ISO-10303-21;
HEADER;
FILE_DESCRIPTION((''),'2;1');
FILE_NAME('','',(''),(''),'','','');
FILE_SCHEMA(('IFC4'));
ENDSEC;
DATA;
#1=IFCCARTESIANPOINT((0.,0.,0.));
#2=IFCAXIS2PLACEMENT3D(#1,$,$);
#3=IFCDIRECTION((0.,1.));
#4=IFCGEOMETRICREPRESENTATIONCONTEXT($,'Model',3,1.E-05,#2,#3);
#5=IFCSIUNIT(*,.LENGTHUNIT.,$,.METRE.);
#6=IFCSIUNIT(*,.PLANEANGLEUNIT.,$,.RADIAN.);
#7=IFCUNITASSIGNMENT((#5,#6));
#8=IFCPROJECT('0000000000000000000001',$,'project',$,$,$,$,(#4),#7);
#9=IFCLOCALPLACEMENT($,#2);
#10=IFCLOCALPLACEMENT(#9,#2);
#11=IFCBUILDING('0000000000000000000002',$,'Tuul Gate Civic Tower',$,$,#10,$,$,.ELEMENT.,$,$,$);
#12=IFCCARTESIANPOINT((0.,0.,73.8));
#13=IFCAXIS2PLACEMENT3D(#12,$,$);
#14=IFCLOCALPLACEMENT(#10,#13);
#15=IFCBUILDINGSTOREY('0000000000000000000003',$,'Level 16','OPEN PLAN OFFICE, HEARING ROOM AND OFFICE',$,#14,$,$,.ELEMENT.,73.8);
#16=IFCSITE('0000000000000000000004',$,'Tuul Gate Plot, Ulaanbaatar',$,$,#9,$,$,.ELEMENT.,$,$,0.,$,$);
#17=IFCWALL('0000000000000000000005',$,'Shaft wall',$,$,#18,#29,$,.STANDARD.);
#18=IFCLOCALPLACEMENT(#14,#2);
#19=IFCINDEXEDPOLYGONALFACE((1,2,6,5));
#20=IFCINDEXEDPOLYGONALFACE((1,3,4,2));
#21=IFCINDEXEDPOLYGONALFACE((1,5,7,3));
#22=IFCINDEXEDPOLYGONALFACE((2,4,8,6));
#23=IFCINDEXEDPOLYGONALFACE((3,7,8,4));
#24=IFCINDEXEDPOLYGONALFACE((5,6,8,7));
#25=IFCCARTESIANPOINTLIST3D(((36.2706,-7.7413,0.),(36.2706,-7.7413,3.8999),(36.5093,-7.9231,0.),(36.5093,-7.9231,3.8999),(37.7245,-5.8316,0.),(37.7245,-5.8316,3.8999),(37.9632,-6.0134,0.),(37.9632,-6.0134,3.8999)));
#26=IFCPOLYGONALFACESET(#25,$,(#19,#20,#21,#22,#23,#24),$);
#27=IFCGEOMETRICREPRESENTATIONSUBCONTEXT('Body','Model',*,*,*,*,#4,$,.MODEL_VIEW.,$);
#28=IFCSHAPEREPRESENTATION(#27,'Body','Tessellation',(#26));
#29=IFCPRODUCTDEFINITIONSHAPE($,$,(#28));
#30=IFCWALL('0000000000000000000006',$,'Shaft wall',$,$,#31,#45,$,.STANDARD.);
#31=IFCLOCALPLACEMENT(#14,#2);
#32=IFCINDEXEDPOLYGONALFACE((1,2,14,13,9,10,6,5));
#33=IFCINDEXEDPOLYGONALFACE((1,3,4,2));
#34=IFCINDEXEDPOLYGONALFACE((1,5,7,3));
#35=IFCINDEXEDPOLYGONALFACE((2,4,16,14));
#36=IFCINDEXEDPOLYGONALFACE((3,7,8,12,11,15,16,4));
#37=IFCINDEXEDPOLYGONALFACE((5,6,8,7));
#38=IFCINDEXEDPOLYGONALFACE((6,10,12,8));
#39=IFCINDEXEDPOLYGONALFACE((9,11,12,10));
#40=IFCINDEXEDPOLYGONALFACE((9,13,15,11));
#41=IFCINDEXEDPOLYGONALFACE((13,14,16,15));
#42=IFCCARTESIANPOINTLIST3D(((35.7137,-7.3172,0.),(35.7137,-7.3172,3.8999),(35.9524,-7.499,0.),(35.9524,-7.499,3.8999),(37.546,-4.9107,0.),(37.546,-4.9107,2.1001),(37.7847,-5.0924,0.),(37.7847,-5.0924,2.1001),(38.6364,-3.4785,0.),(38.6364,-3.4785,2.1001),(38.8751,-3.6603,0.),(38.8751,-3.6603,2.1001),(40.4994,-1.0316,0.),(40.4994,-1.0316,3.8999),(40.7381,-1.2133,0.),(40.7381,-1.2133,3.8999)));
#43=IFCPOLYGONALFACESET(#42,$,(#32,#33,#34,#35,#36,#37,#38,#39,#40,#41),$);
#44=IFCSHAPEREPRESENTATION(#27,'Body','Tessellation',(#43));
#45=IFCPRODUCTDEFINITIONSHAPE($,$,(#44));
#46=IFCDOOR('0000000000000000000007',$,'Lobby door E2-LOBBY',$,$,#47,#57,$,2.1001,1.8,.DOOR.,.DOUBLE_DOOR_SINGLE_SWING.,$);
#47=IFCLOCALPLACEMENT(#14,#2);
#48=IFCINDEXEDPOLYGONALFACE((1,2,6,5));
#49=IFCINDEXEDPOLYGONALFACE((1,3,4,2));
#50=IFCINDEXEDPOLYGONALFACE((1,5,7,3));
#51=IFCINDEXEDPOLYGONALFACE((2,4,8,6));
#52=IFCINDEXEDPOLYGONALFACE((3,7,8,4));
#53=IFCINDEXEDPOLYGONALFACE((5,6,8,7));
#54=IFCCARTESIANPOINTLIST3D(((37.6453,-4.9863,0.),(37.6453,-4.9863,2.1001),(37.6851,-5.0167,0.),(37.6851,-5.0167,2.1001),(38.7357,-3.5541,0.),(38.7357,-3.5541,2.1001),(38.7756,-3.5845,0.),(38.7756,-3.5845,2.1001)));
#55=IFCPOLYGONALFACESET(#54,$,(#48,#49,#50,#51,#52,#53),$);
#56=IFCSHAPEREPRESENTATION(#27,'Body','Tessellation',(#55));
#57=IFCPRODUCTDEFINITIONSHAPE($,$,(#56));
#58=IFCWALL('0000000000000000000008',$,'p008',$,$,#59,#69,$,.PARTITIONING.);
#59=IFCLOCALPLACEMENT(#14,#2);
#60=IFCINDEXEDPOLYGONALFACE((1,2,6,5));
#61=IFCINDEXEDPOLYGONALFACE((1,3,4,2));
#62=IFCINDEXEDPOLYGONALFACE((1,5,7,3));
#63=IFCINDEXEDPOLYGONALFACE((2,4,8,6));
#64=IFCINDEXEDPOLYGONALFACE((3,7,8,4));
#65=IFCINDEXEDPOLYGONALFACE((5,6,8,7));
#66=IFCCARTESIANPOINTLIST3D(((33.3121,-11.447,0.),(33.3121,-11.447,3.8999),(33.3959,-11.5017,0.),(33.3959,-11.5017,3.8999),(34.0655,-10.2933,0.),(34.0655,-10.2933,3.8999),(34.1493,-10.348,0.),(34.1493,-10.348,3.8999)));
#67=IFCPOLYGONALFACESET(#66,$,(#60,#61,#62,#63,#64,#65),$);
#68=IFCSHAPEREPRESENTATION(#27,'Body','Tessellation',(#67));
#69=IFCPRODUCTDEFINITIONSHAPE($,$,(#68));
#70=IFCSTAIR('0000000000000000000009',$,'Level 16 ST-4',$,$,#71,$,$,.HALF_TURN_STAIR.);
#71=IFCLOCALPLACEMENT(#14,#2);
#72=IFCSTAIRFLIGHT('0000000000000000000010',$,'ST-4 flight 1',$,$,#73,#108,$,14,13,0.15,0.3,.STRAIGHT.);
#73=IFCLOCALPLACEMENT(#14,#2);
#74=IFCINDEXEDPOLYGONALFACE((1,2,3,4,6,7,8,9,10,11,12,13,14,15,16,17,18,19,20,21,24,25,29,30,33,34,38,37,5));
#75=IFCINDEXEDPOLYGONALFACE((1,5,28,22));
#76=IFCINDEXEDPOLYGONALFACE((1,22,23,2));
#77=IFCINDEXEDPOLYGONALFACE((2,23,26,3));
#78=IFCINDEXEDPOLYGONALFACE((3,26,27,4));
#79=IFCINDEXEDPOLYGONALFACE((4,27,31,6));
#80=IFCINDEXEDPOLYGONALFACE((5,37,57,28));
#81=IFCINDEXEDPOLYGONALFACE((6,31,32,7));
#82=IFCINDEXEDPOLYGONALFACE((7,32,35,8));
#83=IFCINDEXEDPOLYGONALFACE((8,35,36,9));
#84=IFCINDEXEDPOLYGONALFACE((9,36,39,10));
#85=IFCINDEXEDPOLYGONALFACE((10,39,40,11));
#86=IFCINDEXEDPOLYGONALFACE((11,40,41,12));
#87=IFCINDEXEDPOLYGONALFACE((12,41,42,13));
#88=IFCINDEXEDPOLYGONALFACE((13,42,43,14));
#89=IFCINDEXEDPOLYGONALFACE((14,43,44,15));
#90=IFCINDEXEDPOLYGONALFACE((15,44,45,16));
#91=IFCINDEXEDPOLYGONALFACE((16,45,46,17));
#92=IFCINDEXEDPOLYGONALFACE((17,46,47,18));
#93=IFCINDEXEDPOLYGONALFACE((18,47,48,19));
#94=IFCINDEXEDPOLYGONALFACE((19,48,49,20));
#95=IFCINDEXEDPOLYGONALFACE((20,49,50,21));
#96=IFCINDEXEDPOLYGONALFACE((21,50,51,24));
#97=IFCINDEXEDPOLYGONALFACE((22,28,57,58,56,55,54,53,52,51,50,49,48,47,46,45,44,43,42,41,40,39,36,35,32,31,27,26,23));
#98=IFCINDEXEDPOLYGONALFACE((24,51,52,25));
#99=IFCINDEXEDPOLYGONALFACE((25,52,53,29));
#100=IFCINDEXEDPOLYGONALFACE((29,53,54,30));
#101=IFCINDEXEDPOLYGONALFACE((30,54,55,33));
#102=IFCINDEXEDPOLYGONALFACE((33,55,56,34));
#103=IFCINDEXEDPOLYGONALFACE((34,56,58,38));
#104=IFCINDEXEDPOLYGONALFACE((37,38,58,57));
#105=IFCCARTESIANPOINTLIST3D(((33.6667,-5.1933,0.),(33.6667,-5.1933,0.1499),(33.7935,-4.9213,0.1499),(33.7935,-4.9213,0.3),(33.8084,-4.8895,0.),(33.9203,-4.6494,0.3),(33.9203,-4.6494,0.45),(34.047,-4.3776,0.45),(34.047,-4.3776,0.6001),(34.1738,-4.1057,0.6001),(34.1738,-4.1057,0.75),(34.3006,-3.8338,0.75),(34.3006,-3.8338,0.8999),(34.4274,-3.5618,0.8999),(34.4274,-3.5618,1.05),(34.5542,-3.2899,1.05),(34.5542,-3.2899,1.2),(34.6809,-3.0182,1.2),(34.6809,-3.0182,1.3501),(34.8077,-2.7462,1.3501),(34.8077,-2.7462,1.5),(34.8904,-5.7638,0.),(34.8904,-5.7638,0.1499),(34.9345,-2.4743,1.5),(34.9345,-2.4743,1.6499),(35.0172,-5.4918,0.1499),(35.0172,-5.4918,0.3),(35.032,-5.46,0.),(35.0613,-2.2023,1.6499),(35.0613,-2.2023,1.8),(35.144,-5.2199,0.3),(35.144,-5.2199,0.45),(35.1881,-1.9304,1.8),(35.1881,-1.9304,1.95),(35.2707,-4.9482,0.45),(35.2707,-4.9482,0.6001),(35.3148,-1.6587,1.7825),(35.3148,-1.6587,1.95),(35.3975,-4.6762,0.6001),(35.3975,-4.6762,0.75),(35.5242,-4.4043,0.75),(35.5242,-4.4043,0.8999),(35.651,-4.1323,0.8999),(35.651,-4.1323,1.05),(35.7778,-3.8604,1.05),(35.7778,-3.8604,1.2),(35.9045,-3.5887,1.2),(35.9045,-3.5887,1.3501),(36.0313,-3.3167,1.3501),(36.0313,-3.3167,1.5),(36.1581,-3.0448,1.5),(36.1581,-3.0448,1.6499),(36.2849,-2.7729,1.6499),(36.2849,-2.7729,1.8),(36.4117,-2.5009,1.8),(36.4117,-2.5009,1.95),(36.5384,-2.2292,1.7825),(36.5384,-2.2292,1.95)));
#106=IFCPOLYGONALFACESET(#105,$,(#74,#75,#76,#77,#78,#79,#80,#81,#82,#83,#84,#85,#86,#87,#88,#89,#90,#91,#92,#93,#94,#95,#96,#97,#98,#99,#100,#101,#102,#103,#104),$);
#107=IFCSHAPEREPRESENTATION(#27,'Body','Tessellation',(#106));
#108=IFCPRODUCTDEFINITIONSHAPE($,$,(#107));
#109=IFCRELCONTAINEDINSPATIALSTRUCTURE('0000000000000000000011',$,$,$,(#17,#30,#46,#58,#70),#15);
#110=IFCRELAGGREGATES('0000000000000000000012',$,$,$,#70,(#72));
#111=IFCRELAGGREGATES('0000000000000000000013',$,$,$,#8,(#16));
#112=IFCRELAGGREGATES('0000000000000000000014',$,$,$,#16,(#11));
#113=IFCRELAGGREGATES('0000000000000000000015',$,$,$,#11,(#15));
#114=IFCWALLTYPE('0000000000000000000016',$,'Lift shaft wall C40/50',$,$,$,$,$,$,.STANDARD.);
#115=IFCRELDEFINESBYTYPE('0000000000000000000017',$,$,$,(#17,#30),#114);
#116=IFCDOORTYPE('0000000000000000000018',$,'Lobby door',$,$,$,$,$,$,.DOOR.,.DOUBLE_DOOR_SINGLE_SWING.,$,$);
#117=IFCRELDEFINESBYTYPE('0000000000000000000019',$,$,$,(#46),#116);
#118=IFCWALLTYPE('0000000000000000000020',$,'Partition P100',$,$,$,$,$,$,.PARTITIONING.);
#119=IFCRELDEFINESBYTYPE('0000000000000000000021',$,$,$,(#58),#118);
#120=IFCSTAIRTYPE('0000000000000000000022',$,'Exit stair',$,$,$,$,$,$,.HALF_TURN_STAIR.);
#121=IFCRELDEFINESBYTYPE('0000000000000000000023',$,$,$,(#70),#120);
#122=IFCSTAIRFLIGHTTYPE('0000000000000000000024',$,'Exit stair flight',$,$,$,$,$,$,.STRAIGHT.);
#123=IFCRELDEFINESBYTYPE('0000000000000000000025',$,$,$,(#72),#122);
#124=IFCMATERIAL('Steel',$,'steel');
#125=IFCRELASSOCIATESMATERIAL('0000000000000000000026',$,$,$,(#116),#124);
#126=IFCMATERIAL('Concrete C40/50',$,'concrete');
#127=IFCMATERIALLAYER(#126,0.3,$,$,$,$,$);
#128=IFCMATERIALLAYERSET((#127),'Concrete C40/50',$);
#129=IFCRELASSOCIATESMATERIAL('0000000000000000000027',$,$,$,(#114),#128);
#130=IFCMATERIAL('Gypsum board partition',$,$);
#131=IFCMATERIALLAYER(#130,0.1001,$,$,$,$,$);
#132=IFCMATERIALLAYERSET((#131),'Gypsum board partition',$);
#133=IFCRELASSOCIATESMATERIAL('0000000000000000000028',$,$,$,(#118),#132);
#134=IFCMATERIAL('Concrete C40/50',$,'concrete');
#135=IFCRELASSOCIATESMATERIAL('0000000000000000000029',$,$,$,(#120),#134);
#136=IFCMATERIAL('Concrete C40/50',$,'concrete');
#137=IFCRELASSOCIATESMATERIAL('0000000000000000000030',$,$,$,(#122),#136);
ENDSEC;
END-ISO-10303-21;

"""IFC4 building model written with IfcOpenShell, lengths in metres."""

from ifc_helpers import new_model, si_unit, direction, frame, frame_2d, origin, place, context, subcontext, project, spatial, polyline, rectangle, outline, extrude, material, layer, layer_set, type_object, element, fill, aggregate, save


model = new_model("IFC4")

# Units and contexts
model_context = context("Model", 3, precision=1e-05, world=origin(), true_north=direction((0.0, 1.0)))
body_context = subcontext(model_context, "Body", "Model", "MODEL_VIEW")
ifc_project = project(units=[si_unit("LENGTHUNIT", "METRE"), si_unit("PLANEANGLEUNIT", "RADIAN")], contexts=[model_context])

# Site, building, storey
site_placement = place(None, origin())
site = spatial("IfcSite", under=ifc_project, at=site_placement, Name="Tuul Gate Plot, Ulaanbaatar", CompositionType="ELEMENT", RefElevation=0.0)
building_placement = place(site_placement, origin())
building = spatial("IfcBuilding", under=site, at=building_placement, Name="Tuul Gate Civic Tower", CompositionType="ELEMENT")
storey_placement = place(building_placement, frame((0.0, 0.0, 73.8)))
storey = spatial("IfcBuildingStorey", under=building, at=storey_placement, Name="Level 16", Description="OPEN PLAN OFFICE, HEARING ROOM AND OFFICE", CompositionType="ELEMENT", Elevation=73.8)

# Shared definitions
ifc_material_1 = material(Name="Steel", Category="steel")
door_type_1 = type_object("IfcDoorType", Name="Lobby door", OperationType="DOUBLE_DOOR_SINGLE_SWING", PredefinedType="DOOR", material=ifc_material_1)

# Wall
ifc_material_2 = material(Name="Concrete C40/50", Category="concrete")
ifc_layer_1 = layer(ifc_material_2, 0.3)
ifc_layer_set_1 = layer_set([ifc_layer_1], Name="Concrete C40/50")
wall_type_1 = type_object("IfcWallType", Name="Lift shaft wall C40/50", PredefinedType="STANDARD", material=ifc_layer_set_1)
wall_1_placement = place(storey_placement, frame((36.3899, -7.8323, 0.0), z_axis=(0.0, 0.0, 1.0), x_axis=(0.605746, 0.795658, 0.0)))
element("IfcWall", 1, at=wall_1_placement, inside=storey, type_object=wall_type_1, Name="Shaft wall", PredefinedType="STANDARD", context=body_context, shape_type="SweptSolid", body=[
    extrude(rectangle(XDim=2.4001, YDim=0.3, at=frame_2d((1.2002, 0.0))), origin(), (0.0, 0.0, 1.0), 3.8999),
])

# Wall, opening, door
wall_2_placement = place(storey_placement, frame((35.833, -7.4082, 0.0), z_axis=(0.0, 0.0, 1.0), x_axis=(0.605769, 0.79564, 0.0)))
wall_2 = element("IfcWall", 2, at=wall_2_placement, inside=storey, type_object=wall_type_1, Name="Shaft wall", PredefinedType="STANDARD", context=body_context, shape_type="SweptSolid", body=[
    extrude(rectangle(XDim=7.9001, YDim=0.3, at=frame_2d((3.9502, 0.0))), origin(), (0.0, 0.0, 1.0), 3.8999),
])
opening_1_placement = place(wall_2_placement, frame((3.0249, 0.0, 0.0)))
opening_1 = element("IfcOpeningElement", 3, at=opening_1_placement, cuts=wall_2, PredefinedType="OPENING", context=body_context, shape_type="SweptSolid", body=[
    extrude(rectangle(XDim=1.8, YDim=2.1001, at=frame_2d((0.8999, 1.05))), frame((0.0, 0.1602, 0.0), z_axis=(0.0, -1.0, 0.0), x_axis=(1.0, 0.0, 0.0)), (0.0, 0.0, 1.0), 0.3201),
])
door_1_placement = place(opening_1_placement, frame((1.8, 0.0, 0.0), z_axis=(0.0, 0.0, 1.0), x_axis=(-1.0, 0.0, 0.0)))
door_1 = element("IfcDoor", 4, at=door_1_placement, inside=storey, type_object=door_type_1, Name="Lobby door E2-LOBBY", OperationType="DOUBLE_DOOR_SINGLE_SWING", OverallHeight=2.1001, OverallWidth=1.8, PredefinedType="DOOR", context=body_context, shape_type="SweptSolid", body=[
    extrude(rectangle(XDim=1.8, YDim=2.1001, at=frame_2d((0.9001, 1.05))), frame((0.0, 0.0249, 0.0), z_axis=(0.0, -1.0, 0.0), x_axis=(1.0, 0.0, 0.0)), (0.0, 0.0, 1.0), 0.05),
])
fill(opening_1, door_1)

# Wall
ifc_material_3 = material(Name="Gypsum board partition")
ifc_layer_2 = layer(ifc_material_3, 0.1001)
ifc_layer_set_2 = layer_set([ifc_layer_2], Name="Gypsum board partition")
wall_type_2 = type_object("IfcWallType", Name="Partition P100", PredefinedType="PARTITIONING", material=ifc_layer_set_2)
wall_3_placement = place(storey_placement, frame((33.354, -11.4744, 0.0), z_axis=(0.0, 0.0, 1.0), x_axis=(0.546743, 0.8373, 0.0)))
element("IfcWall", 5, at=wall_3_placement, inside=storey, type_object=wall_type_2, Name="p008", PredefinedType="PARTITIONING", context=body_context, shape_type="SweptSolid", body=[
    extrude(rectangle(XDim=1.3779, YDim=0.1001, at=frame_2d((0.689, 0.0))), origin(), (0.0, 0.0, 1.0), 3.8999),
])

# Stair, stair flight
ifc_material_4 = material(Name="Concrete C40/50", Category="concrete")
stair_type = type_object("IfcStairType", Name="Exit stair", PredefinedType="HALF_TURN_STAIR", material=ifc_material_4)
stair_placement = place(storey_placement, origin())
stair = element("IfcStair", 6, at=stair_placement, inside=storey, type_object=stair_type, Name="Level 16 ST-4", PredefinedType="HALF_TURN_STAIR")
ifc_material_5 = material(Name="Concrete C40/50", Category="concrete")
stair_flight_type = type_object("IfcStairFlightType", Name="Exit stair flight", PredefinedType="STRAIGHT", material=ifc_material_5)
stair_flight_placement = place(storey_placement, frame((34.2786, -5.4785, 0.0), z_axis=(0.0, 0.0, 1.0), x_axis=(0.422576, 0.906327, 0.0)))
stair_flight = element("IfcStairFlight", 7, at=stair_flight_placement, type_object=stair_flight_type, Name="ST-4 flight 1", NumberOfRisers=14, NumberOfTreads=13, PredefinedType="STRAIGHT", RiserHeight=0.15, TreadLength=0.3, context=body_context, shape_type="SweptSolid", body=[
    extrude(outline(polyline([(0.0, 0.0), (0.0, 0.1499), (0.3, 0.1499), (0.3, 0.3), (0.6001, 0.3), (0.6001, 0.45), (0.8999, 0.45), (0.8999, 0.6001), (1.2, 0.6001), (1.2, 0.75), (1.5, 0.75), (1.5, 0.8999), (1.8, 0.8999), (1.8, 1.05), (2.1001, 1.05), (2.1001, 1.2), (2.3999, 1.2), (2.3999, 1.3501), (2.7, 1.3501), (2.7, 1.5), (3.0, 1.5), (3.0, 1.6499), (3.3, 1.6499), (3.3, 1.8), (3.6001, 1.8), (3.6001, 1.95), (3.8999, 1.95), (3.8999, 2.1001), (3.8999, 1.7825), (0.3352, 0.0), (0.0, 0.0)])), frame((0.0, 0.675, 0.0), z_axis=(0.0, -1.0, 0.0), x_axis=(1.0, 0.0, 0.0)), (0.0, 0.0, 1.0), 1.3501),
])
aggregate(stair, [stair_flight])

save(model, "model.ifc")
